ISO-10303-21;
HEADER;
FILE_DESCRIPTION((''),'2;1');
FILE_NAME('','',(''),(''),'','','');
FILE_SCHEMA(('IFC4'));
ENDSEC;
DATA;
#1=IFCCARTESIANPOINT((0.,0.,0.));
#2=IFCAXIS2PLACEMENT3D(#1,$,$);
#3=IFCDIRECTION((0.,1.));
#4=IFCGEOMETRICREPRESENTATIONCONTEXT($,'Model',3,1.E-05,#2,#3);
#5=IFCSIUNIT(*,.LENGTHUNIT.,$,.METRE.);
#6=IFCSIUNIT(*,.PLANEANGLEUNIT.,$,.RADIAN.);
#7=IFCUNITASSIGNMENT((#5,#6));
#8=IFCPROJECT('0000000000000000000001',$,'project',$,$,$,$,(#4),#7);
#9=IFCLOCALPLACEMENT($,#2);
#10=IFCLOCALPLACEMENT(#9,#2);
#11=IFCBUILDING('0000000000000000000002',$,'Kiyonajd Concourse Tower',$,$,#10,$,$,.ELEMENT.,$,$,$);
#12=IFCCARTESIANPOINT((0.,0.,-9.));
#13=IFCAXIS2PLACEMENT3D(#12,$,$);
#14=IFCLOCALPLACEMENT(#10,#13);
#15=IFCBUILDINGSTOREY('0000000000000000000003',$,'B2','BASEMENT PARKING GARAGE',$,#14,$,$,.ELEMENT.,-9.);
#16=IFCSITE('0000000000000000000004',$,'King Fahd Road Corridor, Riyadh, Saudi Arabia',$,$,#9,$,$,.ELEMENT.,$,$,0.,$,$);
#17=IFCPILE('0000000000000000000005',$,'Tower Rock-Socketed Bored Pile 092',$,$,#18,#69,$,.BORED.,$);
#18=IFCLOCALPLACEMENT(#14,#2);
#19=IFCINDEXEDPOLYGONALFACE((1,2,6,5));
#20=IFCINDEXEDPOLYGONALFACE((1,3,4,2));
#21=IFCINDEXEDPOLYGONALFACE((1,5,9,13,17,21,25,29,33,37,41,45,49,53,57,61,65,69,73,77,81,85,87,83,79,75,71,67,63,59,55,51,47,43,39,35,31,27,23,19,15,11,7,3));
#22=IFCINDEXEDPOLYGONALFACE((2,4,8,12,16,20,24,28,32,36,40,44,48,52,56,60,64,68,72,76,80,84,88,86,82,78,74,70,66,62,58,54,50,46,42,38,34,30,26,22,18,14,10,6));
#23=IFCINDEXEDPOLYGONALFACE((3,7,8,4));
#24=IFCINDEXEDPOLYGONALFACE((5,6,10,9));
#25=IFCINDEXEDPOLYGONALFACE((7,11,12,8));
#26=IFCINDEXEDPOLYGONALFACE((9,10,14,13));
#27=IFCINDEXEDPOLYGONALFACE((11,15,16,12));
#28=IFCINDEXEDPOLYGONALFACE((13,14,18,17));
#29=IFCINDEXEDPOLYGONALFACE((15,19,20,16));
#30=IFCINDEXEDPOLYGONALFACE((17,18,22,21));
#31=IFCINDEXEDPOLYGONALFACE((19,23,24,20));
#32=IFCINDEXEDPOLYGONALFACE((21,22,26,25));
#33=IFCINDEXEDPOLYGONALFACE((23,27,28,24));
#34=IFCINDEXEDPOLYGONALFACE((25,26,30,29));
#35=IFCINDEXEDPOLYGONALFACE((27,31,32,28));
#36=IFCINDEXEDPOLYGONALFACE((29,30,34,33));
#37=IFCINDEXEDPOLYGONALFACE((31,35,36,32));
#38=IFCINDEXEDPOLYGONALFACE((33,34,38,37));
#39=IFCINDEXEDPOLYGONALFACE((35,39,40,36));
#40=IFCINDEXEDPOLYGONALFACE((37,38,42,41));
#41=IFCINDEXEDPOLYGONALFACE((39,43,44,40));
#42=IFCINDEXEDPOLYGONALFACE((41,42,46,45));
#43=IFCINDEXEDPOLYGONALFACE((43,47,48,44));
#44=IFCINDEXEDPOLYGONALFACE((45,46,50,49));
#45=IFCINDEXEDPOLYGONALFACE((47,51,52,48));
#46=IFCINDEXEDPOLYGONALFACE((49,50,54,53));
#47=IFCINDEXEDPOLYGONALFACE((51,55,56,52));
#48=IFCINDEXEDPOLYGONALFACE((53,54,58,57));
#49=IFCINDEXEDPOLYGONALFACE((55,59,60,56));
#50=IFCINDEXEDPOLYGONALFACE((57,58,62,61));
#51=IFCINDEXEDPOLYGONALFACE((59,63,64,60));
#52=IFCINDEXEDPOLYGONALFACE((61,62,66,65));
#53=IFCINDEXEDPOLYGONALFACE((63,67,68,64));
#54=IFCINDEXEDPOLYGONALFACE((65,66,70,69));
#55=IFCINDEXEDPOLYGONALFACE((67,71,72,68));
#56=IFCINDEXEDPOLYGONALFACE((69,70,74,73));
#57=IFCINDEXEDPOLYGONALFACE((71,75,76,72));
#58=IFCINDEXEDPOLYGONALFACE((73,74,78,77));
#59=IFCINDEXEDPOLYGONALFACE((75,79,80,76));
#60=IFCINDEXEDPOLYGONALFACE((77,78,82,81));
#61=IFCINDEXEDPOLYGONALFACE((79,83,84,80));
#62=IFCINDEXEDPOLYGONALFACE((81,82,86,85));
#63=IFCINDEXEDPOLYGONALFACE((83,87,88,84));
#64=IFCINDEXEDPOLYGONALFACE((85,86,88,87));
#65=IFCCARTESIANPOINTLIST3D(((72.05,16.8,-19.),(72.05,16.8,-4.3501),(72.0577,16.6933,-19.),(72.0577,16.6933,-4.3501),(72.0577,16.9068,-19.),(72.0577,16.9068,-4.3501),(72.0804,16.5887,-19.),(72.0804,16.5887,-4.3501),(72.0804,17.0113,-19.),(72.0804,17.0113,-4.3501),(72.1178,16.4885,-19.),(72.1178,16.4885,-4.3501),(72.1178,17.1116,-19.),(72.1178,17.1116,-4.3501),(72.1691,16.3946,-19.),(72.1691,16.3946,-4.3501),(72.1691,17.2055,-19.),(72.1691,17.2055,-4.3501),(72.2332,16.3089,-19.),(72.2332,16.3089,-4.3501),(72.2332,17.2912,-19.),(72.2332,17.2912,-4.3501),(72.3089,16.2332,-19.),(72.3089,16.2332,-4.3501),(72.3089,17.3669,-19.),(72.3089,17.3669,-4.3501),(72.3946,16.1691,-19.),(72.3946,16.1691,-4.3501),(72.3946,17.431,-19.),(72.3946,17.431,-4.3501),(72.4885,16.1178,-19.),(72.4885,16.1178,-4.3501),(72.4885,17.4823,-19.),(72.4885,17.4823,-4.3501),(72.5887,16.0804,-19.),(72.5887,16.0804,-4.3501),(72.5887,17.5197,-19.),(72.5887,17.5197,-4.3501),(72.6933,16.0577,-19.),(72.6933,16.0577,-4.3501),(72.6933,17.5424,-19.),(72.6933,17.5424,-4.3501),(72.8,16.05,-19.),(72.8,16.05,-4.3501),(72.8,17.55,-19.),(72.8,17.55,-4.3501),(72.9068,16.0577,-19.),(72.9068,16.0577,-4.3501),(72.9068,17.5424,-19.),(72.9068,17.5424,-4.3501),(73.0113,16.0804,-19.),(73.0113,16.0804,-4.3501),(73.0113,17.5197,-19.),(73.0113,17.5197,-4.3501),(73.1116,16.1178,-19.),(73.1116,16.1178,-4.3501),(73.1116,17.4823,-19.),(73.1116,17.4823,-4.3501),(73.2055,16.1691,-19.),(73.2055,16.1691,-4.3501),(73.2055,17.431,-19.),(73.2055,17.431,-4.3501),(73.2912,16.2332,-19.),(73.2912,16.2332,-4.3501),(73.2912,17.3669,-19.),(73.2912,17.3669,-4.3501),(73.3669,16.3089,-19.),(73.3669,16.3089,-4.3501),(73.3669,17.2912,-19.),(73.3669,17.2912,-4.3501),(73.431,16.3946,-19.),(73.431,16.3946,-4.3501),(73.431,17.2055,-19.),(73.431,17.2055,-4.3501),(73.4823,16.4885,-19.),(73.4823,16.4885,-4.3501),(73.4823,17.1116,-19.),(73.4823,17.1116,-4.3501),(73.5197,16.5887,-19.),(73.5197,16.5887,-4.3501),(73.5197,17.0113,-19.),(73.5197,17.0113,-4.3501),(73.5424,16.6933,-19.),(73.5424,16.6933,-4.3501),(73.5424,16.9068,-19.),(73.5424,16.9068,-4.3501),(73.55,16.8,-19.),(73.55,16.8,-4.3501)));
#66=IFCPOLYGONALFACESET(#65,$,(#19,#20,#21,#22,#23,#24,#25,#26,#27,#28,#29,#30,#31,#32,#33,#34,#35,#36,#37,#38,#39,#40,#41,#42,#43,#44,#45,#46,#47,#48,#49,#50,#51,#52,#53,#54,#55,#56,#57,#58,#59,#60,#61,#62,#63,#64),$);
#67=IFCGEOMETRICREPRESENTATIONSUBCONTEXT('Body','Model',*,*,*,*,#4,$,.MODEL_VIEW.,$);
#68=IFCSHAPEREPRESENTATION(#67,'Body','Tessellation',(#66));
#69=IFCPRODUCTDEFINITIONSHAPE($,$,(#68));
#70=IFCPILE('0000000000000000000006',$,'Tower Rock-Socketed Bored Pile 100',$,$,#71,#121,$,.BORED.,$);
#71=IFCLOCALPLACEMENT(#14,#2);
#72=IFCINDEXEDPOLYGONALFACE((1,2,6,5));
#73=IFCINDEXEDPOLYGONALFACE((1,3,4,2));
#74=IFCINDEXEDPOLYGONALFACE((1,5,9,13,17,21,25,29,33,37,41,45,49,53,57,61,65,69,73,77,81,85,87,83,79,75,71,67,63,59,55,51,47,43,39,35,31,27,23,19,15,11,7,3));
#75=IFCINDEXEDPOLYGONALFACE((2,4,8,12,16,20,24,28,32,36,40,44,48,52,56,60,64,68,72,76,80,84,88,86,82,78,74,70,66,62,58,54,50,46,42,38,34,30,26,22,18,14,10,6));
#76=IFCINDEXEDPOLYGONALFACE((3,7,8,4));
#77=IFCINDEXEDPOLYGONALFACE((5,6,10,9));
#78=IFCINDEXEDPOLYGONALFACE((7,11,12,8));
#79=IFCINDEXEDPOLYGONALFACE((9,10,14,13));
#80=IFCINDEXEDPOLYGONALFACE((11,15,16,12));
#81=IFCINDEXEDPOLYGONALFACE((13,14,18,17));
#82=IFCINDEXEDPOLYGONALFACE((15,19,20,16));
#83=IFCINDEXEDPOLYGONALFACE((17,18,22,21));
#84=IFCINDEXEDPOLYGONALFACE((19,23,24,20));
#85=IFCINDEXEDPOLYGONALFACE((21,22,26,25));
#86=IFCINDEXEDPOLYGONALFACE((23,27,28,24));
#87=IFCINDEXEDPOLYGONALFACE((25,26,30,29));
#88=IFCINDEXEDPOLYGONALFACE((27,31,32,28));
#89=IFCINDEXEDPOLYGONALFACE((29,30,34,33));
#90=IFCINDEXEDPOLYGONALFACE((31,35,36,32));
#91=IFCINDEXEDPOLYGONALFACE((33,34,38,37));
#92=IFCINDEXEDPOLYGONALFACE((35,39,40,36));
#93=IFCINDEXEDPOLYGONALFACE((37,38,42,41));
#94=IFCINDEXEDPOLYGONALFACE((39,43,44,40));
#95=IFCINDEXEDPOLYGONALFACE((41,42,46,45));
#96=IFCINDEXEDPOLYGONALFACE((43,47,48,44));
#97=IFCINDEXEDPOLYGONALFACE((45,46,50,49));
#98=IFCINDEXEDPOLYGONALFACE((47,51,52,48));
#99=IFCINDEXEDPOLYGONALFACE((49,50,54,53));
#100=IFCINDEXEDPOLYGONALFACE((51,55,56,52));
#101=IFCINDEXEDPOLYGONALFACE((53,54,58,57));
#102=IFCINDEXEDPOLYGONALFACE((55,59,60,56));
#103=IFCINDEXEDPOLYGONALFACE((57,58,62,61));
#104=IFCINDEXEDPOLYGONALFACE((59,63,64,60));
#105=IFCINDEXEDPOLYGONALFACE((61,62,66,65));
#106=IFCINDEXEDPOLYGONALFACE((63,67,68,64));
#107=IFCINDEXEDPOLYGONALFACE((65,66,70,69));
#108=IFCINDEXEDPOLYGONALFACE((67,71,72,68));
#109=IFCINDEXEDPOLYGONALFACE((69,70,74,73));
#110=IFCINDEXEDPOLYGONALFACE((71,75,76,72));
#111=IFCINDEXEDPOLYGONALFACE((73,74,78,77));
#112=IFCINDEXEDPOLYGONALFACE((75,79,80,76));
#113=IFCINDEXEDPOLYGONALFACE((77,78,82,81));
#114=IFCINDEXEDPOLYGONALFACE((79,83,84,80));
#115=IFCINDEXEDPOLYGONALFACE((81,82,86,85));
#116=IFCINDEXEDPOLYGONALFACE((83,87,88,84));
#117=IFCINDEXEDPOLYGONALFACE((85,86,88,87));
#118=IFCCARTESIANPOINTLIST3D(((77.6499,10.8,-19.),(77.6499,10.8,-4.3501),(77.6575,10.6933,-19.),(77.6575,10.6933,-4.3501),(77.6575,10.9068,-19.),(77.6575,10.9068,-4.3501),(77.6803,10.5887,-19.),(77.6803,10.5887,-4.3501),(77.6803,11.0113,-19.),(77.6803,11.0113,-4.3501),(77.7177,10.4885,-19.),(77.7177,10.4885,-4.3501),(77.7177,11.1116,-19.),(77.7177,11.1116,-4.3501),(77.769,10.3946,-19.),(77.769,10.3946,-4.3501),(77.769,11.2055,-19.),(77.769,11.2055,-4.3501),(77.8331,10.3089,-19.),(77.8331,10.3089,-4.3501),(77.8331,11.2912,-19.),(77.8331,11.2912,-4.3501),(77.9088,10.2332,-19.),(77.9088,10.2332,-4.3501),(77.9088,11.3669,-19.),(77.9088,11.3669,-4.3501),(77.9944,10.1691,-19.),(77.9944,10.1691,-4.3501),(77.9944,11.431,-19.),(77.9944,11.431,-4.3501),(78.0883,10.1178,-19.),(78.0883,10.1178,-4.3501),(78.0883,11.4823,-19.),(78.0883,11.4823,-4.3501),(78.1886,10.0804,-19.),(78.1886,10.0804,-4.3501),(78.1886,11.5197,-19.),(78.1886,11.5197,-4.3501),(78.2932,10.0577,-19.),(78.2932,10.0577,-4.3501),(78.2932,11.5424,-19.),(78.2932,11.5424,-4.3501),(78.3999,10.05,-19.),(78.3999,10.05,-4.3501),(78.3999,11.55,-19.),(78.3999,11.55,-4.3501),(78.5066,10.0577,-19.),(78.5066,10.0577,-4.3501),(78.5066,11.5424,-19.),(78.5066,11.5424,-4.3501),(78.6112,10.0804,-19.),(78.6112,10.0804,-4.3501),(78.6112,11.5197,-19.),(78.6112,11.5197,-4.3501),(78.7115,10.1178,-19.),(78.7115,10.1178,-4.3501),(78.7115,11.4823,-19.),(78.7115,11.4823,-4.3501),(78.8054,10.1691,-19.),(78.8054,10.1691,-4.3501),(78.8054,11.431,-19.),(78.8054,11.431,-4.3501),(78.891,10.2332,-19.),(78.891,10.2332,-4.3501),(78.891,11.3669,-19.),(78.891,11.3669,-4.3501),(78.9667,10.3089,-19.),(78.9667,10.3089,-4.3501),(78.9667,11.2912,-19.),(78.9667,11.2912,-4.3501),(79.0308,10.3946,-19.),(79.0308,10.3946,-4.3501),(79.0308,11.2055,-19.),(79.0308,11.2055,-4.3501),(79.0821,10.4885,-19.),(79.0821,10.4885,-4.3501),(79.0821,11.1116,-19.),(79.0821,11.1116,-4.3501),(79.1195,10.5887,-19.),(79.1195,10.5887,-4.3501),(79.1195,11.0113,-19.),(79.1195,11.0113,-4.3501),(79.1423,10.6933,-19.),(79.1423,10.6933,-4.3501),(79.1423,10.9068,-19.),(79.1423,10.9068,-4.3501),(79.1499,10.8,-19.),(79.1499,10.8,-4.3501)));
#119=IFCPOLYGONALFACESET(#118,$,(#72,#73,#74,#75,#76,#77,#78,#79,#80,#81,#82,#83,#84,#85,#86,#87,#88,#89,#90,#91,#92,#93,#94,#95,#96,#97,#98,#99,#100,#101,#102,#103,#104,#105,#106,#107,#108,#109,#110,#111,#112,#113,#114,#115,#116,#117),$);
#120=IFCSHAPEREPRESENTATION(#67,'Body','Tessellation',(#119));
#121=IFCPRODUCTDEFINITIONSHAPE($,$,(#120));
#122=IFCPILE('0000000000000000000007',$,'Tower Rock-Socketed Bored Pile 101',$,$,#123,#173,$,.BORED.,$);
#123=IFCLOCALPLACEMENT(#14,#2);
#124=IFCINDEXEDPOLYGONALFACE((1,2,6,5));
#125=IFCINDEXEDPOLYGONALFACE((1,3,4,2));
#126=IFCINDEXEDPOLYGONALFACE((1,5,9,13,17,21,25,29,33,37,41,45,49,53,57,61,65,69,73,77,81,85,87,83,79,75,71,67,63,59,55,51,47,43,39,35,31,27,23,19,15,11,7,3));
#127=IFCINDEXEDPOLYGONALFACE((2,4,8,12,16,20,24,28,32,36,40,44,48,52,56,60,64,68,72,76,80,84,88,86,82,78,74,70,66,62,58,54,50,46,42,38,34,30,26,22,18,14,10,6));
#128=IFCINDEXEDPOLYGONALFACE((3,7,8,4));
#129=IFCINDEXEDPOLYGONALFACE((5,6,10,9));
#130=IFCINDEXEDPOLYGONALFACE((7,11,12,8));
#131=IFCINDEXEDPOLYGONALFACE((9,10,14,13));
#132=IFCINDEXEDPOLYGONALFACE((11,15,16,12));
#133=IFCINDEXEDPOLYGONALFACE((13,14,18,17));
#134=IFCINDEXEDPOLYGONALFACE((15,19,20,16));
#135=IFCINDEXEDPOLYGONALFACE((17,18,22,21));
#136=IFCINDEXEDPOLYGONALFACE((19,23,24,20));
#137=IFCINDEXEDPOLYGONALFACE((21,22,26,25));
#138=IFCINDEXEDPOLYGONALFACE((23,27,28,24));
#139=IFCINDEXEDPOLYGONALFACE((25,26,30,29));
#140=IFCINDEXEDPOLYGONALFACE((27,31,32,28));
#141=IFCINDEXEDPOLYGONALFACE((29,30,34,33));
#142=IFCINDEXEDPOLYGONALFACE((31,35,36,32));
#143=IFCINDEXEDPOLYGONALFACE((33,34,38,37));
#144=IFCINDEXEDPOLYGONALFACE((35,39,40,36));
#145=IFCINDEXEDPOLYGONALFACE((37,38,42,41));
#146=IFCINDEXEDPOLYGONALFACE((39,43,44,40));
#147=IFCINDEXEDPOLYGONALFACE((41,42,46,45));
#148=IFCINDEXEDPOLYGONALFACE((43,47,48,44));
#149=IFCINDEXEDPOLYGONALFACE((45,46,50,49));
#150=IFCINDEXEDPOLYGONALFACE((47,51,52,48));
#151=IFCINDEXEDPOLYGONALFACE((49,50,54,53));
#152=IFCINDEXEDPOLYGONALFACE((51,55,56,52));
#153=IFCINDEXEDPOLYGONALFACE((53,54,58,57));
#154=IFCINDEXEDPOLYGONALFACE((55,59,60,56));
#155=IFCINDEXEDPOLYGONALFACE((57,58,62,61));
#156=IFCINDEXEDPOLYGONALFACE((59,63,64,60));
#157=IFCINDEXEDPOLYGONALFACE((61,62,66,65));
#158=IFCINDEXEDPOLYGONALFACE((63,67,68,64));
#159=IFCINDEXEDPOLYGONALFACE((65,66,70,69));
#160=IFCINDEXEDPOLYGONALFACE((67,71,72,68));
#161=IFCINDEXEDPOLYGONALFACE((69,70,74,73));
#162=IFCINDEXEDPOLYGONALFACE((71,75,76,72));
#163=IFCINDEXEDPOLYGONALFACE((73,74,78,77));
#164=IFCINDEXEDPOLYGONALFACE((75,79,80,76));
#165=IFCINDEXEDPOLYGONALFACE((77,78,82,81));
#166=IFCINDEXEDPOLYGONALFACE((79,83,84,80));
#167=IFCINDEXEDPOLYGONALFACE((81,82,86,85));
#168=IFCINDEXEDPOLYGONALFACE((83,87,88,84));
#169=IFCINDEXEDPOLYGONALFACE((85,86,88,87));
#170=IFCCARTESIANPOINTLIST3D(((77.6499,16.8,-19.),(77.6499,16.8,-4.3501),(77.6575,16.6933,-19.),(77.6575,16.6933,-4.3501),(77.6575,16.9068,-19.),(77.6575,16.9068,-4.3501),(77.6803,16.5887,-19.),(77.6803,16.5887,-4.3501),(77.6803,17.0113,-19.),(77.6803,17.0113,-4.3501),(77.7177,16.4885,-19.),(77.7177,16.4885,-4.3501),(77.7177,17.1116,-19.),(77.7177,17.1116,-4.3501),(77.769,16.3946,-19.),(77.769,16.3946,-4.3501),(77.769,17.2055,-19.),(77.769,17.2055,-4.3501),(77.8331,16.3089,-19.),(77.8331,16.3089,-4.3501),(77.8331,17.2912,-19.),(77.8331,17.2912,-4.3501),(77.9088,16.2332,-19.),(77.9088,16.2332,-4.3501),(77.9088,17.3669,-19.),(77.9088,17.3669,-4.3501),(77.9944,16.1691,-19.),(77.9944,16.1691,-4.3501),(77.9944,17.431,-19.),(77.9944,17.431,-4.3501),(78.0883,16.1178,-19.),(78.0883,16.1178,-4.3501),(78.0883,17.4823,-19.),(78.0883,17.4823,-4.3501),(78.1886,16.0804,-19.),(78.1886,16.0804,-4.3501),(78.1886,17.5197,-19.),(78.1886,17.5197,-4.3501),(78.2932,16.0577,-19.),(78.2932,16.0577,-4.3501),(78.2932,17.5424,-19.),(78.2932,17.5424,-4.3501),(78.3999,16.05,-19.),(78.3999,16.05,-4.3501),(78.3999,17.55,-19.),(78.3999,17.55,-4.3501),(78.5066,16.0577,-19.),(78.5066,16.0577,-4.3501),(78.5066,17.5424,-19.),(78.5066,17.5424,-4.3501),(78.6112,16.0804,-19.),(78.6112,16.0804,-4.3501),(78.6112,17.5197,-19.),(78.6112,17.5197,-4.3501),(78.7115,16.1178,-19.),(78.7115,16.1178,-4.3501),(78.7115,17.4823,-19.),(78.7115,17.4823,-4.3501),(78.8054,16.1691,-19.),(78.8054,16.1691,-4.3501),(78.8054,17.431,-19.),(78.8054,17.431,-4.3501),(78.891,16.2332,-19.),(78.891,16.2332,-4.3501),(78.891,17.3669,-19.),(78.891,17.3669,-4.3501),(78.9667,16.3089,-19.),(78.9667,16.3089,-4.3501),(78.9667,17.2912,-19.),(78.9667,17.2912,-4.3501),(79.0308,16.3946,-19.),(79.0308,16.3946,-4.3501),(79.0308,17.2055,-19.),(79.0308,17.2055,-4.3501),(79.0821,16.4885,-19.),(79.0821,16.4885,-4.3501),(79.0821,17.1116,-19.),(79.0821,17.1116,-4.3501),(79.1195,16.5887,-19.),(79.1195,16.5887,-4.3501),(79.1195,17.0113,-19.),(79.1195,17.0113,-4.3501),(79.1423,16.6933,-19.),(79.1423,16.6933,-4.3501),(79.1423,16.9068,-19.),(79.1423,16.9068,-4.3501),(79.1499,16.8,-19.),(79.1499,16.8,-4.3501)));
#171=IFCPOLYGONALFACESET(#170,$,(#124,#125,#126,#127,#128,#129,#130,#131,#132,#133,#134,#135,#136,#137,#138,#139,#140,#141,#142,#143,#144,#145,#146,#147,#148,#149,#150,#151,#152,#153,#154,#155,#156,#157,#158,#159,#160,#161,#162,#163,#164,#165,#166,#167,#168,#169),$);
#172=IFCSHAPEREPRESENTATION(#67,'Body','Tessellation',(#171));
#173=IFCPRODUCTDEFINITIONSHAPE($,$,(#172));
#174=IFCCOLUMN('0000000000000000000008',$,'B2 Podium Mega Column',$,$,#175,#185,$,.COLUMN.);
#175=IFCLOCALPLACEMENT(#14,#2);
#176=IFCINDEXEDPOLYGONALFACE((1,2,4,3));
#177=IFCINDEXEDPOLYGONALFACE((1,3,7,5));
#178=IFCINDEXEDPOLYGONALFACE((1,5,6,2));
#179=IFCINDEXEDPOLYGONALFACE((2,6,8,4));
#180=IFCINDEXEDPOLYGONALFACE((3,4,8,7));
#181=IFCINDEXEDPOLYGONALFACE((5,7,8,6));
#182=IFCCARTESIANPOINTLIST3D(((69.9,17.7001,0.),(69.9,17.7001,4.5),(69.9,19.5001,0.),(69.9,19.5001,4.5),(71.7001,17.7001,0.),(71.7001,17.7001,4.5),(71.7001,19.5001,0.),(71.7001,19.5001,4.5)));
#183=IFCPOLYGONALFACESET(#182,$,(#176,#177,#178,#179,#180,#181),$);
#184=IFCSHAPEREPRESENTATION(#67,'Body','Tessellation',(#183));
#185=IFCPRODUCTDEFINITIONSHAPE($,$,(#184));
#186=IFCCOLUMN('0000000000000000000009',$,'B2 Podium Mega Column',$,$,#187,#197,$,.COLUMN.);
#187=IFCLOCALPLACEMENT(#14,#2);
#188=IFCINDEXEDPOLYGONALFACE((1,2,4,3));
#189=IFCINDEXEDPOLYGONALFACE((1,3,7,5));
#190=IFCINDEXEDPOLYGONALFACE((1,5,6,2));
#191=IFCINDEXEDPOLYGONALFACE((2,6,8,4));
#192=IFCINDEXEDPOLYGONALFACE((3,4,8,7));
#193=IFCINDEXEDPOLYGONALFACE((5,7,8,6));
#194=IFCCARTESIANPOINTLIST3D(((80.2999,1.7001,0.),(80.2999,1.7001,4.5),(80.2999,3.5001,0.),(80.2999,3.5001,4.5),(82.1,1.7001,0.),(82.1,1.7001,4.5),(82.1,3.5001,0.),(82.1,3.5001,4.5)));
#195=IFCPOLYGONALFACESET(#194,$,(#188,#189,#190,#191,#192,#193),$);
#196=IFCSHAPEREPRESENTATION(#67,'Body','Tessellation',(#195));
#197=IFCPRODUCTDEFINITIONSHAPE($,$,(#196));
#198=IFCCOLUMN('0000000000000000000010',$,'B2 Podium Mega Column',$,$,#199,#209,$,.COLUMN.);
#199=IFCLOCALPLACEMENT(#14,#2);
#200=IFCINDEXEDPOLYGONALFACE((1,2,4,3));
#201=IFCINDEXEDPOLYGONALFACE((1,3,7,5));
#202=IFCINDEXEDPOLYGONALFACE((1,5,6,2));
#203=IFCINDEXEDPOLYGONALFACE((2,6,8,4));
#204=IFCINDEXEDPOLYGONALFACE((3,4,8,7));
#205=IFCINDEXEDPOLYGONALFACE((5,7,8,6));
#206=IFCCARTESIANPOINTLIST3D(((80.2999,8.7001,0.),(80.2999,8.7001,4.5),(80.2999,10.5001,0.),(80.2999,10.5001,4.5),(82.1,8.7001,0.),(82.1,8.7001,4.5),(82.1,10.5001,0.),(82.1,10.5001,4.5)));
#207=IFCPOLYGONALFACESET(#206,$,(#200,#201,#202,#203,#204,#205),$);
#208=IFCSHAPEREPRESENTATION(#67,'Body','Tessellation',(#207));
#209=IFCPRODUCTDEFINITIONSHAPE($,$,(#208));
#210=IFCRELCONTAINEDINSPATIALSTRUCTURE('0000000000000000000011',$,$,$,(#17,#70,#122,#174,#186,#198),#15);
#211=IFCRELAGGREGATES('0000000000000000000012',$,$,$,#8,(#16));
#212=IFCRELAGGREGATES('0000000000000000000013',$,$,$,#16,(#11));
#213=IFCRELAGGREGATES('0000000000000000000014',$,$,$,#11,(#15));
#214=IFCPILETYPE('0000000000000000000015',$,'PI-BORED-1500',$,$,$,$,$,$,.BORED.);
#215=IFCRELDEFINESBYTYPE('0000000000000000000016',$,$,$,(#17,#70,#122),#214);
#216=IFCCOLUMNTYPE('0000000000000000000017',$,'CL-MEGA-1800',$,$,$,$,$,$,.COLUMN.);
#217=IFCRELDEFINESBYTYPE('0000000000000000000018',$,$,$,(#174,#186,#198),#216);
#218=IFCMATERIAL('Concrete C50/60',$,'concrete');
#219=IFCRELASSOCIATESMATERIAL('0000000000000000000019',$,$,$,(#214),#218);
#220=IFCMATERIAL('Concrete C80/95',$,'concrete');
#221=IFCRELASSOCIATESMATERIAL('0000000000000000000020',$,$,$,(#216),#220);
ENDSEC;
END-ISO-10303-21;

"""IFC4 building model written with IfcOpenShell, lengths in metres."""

from ifc_helpers import new_model, si_unit, direction, frame, origin, origin_2d, place, context, subcontext, project, spatial, rectangle, circle, extrude, material, material_profile, profile_set, type_object, element, save


model = new_model("IFC4")

# Units and contexts
model_context = context("Model", 3, precision=1e-05, world=origin(), true_north=direction((0.0, 1.0)))
body_context = subcontext(model_context, "Body", "Model", "MODEL_VIEW")
ifc_project = project(units=[si_unit("LENGTHUNIT", "METRE"), si_unit("PLANEANGLEUNIT", "RADIAN")], contexts=[model_context])

# Site, building, storey
site_placement = place(None, origin())
site = spatial("IfcSite", under=ifc_project, at=site_placement, Name="King Fahd Road Corridor, Riyadh, Saudi Arabia", CompositionType="ELEMENT", RefElevation=0.0)
building_placement = place(site_placement, origin())
building = spatial("IfcBuilding", under=site, at=building_placement, Name="Kiyonajd Concourse Tower", CompositionType="ELEMENT")
storey_placement = place(building_placement, frame((0.0, 0.0, -9.0)))
storey = spatial("IfcBuildingStorey", under=building, at=storey_placement, Name="B2", Description="BASEMENT PARKING GARAGE", CompositionType="ELEMENT", Elevation=-9.0)

# Shared definitions
ifc_material_1 = material(Name="Concrete C50/60", Category="concrete")

# Piles
ifc_material_profile_1 = material_profile(ifc_material_1, circle(Radius=0.75, at=origin_2d()), Name="PILE-D1500")
ifc_profile_set_1 = profile_set([ifc_material_profile_1], Name="Concrete C50/60")
pile_type_1 = type_object("IfcPileType", Name="PI-BORED-1500", PredefinedType="BORED", material=ifc_profile_set_1)
for number, where, z_axis, x_axis, name in (
    (1, (72.8, 16.8, -4.3501), (0.0, 0.0, -1.0), (1.0, 0.0, 0.0), "Tower Rock-Socketed Bored Pile 092"),
    (2, (78.3999, 10.8, -4.3501), (0.0, 0.0, -1.0), (1.0, 0.0, 0.0), "Tower Rock-Socketed Bored Pile 100"),
    (3, (78.3999, 16.8, -4.3501), (0.0, 0.0, -1.0), (1.0, 0.0, 0.0), "Tower Rock-Socketed Bored Pile 101"),
):
    element("IfcPile", number, at=place(storey_placement, frame(where, z_axis=z_axis, x_axis=x_axis)), inside=storey, type_object=pile_type_1, Name=name, PredefinedType="BORED", context=body_context, shape_type="SweptSolid", body=[
        extrude(circle(Radius=0.75, at=origin_2d()), origin(), (0.0, 0.0, 1.0), 14.6499),
    ])

# Columns
ifc_material_2 = material(Name="Concrete C80/95", Category="concrete")
ifc_material_profile_2 = material_profile(ifc_material_2, rectangle(XDim=1.8, YDim=1.8, at=origin_2d()), Name="RC-1800x1800")
ifc_profile_set_2 = profile_set([ifc_material_profile_2], Name="Concrete C80/95")
column_type = type_object("IfcColumnType", Name="CL-MEGA-1800", PredefinedType="COLUMN", material=ifc_profile_set_2)
for number, where, z_axis, x_axis, name in (
    (4, (70.8, 18.6001, 0.0), (0.0, 0.0, 1.0), (1.0, 0.0, 0.0), "B2 Podium Mega Column"),
    (5, (81.2, 2.6001, 0.0), (0.0, 0.0, 1.0), (1.0, 0.0, 0.0), "B2 Podium Mega Column"),
    (6, (81.2, 9.6001, 0.0), (0.0, 0.0, 1.0), (1.0, 0.0, 0.0), "B2 Podium Mega Column"),
):
    element("IfcColumn", number, at=place(storey_placement, frame(where, z_axis=z_axis, x_axis=x_axis)), inside=storey, type_object=column_type, Name=name, PredefinedType="COLUMN", context=body_context, shape_type="SweptSolid", body=[
        extrude(rectangle(XDim=1.8, YDim=1.8, at=origin_2d()), origin(), (0.0, 0.0, 1.0), 4.5),
    ])

save(model, "model.ifc")
